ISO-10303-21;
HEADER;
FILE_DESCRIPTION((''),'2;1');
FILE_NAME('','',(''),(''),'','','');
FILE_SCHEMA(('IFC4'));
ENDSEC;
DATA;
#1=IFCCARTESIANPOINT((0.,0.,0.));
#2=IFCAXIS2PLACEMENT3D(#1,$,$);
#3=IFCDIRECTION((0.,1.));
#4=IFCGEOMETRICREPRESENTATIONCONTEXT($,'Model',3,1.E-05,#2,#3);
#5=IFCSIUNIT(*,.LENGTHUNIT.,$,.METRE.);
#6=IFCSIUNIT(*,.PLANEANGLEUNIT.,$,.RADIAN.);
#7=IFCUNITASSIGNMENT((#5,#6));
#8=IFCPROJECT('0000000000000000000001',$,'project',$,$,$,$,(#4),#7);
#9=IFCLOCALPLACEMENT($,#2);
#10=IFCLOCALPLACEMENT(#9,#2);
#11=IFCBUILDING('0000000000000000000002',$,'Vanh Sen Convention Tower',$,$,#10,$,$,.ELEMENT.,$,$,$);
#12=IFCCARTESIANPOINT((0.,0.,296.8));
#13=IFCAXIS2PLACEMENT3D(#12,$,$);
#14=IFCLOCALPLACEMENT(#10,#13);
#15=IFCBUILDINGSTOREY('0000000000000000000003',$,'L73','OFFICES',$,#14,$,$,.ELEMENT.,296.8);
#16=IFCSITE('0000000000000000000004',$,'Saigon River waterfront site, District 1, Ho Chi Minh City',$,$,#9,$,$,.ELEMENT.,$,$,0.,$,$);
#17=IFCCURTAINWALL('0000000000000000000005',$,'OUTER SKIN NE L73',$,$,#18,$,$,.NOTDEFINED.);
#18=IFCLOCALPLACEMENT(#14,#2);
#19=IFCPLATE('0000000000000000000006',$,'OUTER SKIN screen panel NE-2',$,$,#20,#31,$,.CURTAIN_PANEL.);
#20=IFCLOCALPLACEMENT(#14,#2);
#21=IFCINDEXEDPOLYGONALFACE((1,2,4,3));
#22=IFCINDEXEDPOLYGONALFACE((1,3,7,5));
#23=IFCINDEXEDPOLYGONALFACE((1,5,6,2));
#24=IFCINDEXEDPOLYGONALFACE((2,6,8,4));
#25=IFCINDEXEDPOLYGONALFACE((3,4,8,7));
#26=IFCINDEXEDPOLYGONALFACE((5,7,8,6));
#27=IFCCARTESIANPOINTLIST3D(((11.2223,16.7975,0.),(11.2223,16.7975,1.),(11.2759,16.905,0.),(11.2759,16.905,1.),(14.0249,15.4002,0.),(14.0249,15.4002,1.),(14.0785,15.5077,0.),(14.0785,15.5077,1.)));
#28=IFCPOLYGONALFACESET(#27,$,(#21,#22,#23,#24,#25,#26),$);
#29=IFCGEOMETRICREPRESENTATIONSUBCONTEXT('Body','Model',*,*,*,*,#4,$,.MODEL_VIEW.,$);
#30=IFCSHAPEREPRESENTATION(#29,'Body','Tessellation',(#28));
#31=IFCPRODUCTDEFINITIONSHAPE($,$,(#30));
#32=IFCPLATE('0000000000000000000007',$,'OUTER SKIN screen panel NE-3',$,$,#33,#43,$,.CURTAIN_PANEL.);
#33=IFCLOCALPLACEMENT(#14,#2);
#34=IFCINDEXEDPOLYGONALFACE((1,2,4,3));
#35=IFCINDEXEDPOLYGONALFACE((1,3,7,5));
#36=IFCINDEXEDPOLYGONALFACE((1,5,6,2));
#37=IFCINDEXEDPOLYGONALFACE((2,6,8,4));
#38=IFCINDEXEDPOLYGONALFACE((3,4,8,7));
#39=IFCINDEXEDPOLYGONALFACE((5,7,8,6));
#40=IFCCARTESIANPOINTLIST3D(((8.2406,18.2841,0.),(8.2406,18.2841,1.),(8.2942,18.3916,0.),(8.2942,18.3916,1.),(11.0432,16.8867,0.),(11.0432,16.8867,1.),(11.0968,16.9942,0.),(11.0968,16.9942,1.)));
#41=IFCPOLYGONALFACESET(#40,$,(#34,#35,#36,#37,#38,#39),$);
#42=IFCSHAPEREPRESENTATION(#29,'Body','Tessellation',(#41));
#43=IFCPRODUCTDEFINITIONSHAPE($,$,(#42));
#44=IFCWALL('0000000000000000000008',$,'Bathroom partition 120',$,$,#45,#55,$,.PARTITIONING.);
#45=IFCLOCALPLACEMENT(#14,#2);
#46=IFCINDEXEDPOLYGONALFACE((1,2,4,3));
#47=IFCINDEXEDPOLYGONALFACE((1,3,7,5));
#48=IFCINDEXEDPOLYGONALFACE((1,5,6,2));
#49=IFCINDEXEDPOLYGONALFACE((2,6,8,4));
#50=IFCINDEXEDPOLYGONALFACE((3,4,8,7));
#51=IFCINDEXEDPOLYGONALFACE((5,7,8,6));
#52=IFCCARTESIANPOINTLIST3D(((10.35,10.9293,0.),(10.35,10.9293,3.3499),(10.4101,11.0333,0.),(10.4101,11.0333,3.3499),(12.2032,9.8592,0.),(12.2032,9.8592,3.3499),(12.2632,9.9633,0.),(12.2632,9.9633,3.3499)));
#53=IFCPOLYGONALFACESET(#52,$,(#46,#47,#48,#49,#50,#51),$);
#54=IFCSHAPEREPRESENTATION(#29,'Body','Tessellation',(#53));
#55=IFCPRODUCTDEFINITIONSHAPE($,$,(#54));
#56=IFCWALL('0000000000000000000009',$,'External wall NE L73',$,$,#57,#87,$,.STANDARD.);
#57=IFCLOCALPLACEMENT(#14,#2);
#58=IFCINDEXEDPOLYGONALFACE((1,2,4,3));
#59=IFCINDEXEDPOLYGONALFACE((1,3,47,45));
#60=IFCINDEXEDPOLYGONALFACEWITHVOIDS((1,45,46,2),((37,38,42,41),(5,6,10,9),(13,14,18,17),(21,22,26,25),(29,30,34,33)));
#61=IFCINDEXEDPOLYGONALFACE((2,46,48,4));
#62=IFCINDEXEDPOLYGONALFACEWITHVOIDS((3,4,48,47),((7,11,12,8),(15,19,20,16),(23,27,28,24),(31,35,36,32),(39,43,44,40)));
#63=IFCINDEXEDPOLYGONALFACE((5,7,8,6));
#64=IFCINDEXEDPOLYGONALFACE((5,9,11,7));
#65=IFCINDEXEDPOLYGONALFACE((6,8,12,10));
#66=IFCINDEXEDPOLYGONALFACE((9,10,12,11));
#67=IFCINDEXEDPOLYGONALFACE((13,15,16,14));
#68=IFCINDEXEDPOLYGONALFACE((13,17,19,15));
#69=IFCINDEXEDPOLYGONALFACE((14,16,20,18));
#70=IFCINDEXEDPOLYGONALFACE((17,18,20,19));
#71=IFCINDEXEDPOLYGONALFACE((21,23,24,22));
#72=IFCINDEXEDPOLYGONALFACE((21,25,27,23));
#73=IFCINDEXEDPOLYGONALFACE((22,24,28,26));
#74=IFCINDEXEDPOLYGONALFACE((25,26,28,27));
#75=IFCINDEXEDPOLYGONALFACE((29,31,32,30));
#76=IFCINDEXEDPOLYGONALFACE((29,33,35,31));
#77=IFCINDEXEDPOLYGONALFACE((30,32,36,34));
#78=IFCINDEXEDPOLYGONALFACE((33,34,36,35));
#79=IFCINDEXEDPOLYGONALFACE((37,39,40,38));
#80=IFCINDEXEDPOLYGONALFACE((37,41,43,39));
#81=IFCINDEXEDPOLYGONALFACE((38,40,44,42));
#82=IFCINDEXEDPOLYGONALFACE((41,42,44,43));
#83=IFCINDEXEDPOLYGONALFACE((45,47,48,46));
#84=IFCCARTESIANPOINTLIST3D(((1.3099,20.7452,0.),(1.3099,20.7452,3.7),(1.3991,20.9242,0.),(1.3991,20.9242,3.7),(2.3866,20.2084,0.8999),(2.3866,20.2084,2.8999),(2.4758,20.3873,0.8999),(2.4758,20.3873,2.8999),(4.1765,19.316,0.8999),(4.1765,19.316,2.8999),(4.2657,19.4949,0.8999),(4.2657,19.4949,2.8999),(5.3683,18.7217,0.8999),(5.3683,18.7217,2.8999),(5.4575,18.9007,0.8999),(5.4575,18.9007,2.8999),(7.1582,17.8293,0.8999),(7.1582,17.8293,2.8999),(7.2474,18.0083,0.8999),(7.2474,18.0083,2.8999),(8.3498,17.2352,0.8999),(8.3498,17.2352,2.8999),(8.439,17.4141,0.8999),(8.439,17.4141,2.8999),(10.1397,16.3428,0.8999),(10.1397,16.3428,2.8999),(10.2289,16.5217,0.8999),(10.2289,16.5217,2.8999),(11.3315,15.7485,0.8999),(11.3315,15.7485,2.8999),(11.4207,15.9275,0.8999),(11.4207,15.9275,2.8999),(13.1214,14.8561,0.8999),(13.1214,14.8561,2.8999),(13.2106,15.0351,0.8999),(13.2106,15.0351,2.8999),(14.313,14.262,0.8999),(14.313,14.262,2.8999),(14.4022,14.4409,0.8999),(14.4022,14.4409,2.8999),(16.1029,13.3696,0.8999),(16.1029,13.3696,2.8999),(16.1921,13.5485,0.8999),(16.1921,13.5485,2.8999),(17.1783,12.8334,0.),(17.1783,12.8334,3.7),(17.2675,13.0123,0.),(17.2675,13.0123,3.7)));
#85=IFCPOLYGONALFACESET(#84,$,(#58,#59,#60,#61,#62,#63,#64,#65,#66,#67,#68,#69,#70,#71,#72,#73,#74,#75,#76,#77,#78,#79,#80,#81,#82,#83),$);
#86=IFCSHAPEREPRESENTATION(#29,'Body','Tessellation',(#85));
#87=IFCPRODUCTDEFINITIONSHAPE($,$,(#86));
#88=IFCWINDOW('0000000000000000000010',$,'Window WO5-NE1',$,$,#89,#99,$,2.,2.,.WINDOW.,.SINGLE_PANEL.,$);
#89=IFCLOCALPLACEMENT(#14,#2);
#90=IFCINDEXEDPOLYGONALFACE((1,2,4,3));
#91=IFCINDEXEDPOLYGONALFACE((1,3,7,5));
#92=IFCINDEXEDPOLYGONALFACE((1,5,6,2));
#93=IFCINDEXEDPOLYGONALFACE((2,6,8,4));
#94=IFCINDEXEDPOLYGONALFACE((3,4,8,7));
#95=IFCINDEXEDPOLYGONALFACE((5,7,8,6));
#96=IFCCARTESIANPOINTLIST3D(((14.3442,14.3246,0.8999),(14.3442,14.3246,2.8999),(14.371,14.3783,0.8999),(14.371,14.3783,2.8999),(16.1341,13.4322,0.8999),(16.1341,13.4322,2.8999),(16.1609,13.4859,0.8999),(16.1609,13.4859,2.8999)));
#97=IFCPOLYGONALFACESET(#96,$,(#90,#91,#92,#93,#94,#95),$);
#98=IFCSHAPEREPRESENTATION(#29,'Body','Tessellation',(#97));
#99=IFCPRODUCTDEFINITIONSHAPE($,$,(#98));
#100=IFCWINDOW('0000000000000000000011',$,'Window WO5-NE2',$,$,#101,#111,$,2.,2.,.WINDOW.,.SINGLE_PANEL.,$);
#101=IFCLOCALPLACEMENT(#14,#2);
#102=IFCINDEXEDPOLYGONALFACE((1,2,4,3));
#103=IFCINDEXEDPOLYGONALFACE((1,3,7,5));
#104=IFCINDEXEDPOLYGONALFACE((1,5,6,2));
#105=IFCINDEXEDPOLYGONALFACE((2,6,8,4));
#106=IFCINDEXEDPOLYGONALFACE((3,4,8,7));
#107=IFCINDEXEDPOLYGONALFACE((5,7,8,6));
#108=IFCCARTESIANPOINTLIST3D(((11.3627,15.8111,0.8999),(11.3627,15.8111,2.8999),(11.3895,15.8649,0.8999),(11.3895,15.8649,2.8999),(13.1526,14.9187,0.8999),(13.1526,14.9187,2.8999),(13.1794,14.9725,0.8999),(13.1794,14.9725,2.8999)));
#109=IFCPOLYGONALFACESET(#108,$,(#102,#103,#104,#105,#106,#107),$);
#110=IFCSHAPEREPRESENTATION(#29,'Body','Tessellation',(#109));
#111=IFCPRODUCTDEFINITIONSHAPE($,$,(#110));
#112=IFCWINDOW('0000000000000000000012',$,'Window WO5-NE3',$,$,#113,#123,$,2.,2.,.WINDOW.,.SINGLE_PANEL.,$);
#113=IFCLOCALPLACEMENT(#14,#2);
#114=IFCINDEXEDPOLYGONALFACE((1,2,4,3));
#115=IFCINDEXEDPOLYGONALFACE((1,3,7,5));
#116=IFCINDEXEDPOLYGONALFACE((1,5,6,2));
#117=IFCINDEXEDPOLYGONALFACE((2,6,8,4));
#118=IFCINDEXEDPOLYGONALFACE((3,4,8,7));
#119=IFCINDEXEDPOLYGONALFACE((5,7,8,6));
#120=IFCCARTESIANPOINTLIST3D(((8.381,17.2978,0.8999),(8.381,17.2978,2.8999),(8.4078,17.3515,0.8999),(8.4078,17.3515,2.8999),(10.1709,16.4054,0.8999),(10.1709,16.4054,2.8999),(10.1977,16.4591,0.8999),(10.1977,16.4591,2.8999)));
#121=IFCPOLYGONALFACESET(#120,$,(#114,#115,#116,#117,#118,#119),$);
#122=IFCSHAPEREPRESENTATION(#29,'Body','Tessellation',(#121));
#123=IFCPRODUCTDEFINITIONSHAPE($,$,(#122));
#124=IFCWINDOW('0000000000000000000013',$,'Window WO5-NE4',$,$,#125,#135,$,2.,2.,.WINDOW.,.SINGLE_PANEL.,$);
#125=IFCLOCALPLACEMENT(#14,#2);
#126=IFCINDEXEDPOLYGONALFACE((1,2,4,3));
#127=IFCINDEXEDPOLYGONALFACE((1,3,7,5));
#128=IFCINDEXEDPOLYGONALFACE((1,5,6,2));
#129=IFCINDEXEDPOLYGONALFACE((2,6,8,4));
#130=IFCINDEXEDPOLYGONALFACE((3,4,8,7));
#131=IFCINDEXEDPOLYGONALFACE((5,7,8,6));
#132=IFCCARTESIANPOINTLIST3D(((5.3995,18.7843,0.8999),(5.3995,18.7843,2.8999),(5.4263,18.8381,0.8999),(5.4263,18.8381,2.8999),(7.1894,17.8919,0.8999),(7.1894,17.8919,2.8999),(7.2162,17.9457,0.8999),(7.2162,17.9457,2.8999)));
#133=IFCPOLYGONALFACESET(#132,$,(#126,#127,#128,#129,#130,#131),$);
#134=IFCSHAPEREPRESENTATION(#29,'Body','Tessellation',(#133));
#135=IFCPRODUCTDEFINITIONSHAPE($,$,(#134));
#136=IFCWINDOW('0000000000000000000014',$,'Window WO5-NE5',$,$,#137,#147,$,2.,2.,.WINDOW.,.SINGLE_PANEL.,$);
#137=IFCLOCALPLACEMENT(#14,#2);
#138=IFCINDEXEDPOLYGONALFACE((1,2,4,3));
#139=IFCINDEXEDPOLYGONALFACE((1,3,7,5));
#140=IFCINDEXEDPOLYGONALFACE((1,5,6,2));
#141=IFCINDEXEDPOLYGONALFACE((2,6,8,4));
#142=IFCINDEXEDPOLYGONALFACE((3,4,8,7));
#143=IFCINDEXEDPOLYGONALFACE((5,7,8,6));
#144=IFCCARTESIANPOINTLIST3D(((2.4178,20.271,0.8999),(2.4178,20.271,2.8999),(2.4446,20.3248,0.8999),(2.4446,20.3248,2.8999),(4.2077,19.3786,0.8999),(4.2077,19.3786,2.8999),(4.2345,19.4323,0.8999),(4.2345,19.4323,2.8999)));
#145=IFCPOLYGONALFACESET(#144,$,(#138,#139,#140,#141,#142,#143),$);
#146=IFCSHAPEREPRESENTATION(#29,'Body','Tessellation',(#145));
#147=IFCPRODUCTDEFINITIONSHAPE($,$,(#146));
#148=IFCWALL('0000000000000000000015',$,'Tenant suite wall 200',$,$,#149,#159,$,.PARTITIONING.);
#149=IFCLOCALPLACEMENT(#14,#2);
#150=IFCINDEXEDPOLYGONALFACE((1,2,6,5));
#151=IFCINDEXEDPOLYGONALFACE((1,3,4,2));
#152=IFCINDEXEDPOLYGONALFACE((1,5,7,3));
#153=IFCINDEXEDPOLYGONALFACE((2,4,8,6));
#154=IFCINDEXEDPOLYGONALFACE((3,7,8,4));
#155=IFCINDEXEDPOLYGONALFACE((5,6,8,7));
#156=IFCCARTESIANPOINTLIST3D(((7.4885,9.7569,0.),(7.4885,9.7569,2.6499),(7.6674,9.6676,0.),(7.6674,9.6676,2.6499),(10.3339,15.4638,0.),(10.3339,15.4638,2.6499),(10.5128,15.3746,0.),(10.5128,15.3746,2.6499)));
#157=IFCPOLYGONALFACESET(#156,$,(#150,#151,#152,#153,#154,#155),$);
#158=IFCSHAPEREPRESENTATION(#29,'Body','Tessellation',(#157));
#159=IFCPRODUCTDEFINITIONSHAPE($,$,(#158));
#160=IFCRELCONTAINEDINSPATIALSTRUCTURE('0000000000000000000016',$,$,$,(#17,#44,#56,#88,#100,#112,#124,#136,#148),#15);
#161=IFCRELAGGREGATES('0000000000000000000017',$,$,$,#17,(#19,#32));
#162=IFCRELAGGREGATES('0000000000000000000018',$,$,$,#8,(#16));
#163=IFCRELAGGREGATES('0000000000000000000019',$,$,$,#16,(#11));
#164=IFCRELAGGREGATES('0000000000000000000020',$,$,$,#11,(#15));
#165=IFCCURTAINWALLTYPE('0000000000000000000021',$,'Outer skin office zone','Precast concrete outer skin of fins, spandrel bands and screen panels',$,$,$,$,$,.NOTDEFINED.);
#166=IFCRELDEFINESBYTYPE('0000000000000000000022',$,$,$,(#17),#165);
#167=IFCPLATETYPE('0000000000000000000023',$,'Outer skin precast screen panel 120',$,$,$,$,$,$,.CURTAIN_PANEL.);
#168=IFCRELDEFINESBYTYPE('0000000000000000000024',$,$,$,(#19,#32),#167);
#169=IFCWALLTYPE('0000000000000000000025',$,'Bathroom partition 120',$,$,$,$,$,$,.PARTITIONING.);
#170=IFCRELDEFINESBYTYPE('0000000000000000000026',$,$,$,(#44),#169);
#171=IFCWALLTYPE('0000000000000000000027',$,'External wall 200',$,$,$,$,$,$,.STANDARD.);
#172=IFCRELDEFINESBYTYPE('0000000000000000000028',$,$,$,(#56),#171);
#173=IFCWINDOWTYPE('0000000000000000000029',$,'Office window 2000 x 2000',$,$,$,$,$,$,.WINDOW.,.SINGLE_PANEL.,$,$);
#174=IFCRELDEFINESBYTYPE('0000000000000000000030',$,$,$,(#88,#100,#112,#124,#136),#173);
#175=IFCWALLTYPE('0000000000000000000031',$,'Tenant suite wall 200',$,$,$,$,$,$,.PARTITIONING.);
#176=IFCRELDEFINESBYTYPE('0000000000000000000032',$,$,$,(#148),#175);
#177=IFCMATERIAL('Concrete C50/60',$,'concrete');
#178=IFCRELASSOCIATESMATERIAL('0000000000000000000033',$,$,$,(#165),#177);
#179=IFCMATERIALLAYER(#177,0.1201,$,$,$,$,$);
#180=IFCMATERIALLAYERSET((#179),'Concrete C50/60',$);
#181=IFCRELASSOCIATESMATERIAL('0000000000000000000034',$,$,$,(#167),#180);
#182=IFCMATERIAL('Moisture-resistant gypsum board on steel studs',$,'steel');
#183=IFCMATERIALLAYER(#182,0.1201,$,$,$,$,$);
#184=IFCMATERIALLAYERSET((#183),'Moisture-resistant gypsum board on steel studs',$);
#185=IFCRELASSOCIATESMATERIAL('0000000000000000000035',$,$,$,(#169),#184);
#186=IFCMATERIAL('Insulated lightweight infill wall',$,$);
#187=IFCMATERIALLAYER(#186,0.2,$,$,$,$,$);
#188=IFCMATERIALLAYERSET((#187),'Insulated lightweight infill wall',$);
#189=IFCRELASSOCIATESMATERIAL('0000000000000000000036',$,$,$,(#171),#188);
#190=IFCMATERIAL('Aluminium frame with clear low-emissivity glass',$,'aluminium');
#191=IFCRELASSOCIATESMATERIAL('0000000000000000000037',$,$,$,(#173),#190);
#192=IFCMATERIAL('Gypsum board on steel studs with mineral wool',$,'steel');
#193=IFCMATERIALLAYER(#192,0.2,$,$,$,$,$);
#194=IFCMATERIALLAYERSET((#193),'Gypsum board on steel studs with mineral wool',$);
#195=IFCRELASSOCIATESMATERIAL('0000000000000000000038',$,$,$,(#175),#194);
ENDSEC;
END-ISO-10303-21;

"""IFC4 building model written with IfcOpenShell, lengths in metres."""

from ifc_helpers import new_model, si_unit, direction, frame, frame_2d, origin, origin_2d, place, context, subcontext, project, spatial, rectangle, extrude, material, layer, layer_set, type_object, element, fill, aggregate, save


model = new_model("IFC4")

# Units and contexts
model_context = context("Model", 3, precision=1e-05, world=origin(), true_north=direction((0.0, 1.0)))
body_context = subcontext(model_context, "Body", "Model", "MODEL_VIEW")
ifc_project = project(units=[si_unit("LENGTHUNIT", "METRE"), si_unit("PLANEANGLEUNIT", "RADIAN")], contexts=[model_context])

# Site, building, storey
site_placement = place(None, origin())
site = spatial("IfcSite", under=ifc_project, at=site_placement, Name="Saigon River waterfront site, District 1, Ho Chi Minh City", CompositionType="ELEMENT", RefElevation=0.0)
building_placement = place(site_placement, origin())
building = spatial("IfcBuilding", under=site, at=building_placement, Name="Vanh Sen Convention Tower", CompositionType="ELEMENT")
storey_placement = place(building_placement, frame((0.0, 0.0, 296.8)))
storey = spatial("IfcBuildingStorey", under=building, at=storey_placement, Name="L73", Description="OFFICES", CompositionType="ELEMENT", Elevation=296.8)

# Curtain wall
ifc_material_1 = material(Name="Concrete C50/60", Category="concrete")
curtain_wall_type = type_object("IfcCurtainWallType", Name="Outer skin office zone", Description="Precast concrete outer skin of fins, spandrel bands and screen panels", PredefinedType="NOTDEFINED", material=ifc_material_1)
curtain_wall_1_placement = place(storey_placement, origin())
curtain_wall_1 = element("IfcCurtainWall", 1, at=curtain_wall_1_placement, inside=storey, type_object=curtain_wall_type, Name="OUTER SKIN NE L73", PredefinedType="NOTDEFINED")

# Shared definitions
ifc_layer_1 = layer(ifc_material_1, 0.1201)
ifc_layer_set_1 = layer_set([ifc_layer_1], Name="Concrete C50/60")
plate_type = type_object("IfcPlateType", Name="Outer skin precast screen panel 120", PredefinedType="CURTAIN_PANEL", material=ifc_layer_set_1)

# Plates
plate_1_placement = place(storey_placement, frame((12.6504, 16.1526, 0.0), z_axis=(0.0, 0.0, 1.0), x_axis=(-0.894931, 0.446204, 0.0)))
plate_1 = element("IfcPlate", 2, at=plate_1_placement, type_object=plate_type, Name="OUTER SKIN screen panel NE-2", PredefinedType="CURTAIN_PANEL", context=body_context, shape_type="SweptSolid", body=[
    extrude(rectangle(XDim=3.1316, YDim=0.1201, at=origin_2d()), origin(), (0.0, 0.0, 1.0), 1.0),
])
plate_2_placement = place(storey_placement, frame((9.6687, 17.6392, 0.0), z_axis=(0.0, 0.0, 1.0), x_axis=(-0.894931, 0.446204, 0.0)))
plate_2 = element("IfcPlate", 3, at=plate_2_placement, type_object=plate_type, Name="OUTER SKIN screen panel NE-3", PredefinedType="CURTAIN_PANEL", context=body_context, shape_type="SweptSolid", body=[
    extrude(rectangle(XDim=3.1316, YDim=0.1201, at=origin_2d()), origin(), (0.0, 0.0, 1.0), 1.0),
])
aggregate(curtain_wall_1, [plate_1, plate_2])

# Wall
ifc_material_2 = material(Name="Moisture-resistant gypsum board on steel studs", Category="steel")
ifc_layer_2 = layer(ifc_material_2, 0.1201)
ifc_layer_set_2 = layer_set([ifc_layer_2], Name="Moisture-resistant gypsum board on steel studs")
wall_type_1 = type_object("IfcWallType", Name="Bathroom partition 120", PredefinedType="PARTITIONING", material=ifc_layer_set_2)
wall_1_placement = place(storey_placement, frame((10.3801, 10.9812, 0.0), z_axis=(0.0, 0.0, 1.0), x_axis=(0.866009, -0.500029, 0.0)))
element("IfcWall", 4, at=wall_1_placement, inside=storey, type_object=wall_type_1, Name="Bathroom partition 120", PredefinedType="PARTITIONING", context=body_context, shape_type="SweptSolid", body=[
    extrude(rectangle(XDim=2.1399, YDim=0.1201, at=frame_2d((1.0698, 0.0))), origin(), (0.0, 0.0, 1.0), 3.3499),
])

# Wall, openings, windows
ifc_material_3 = material(Name="Insulated lightweight infill wall")
ifc_layer_3 = layer(ifc_material_3, 0.2)
ifc_layer_set_3 = layer_set([ifc_layer_3], Name="Insulated lightweight infill wall")
wall_type_2 = type_object("IfcWallType", Name="External wall 200", PredefinedType="STANDARD", material=ifc_layer_set_3)
wall_2_placement = place(storey_placement, frame((17.2229, 12.9229, 0.0), z_axis=(0.0, 0.0, 1.0), x_axis=(-0.894931, 0.446205, 0.0)))
wall_2 = element("IfcWall", 5, at=wall_2_placement, inside=storey, type_object=wall_type_2, Name="External wall NE L73", PredefinedType="STANDARD", context=body_context, shape_type="SweptSolid", body=[
    extrude(rectangle(XDim=17.7314, YDim=0.2, at=frame_2d((8.8657, 0.0))), origin(), (0.0, 0.0, 1.0), 3.7),
])
opening_1_placement = place(wall_2_placement, frame((1.2017, 0.0, 0.8999)))
opening_1 = element("IfcOpeningElement", 6, at=opening_1_placement, cuts=wall_2, PredefinedType="OPENING", context=body_context, shape_type="SweptSolid", body=[
    extrude(rectangle(XDim=2.0, YDim=2.0, at=frame_2d((1.0, 1.0))), frame((0.0, 0.1099, 0.0), z_axis=(0.0, -1.0, 0.0), x_axis=(1.0, 0.0, 0.0)), (0.0, 0.0, 1.0), 0.22),
])
opening_2_placement = place(wall_2_placement, frame((4.5332, 0.0, 0.8999)))
opening_2 = element("IfcOpeningElement", 7, at=opening_2_placement, cuts=wall_2, PredefinedType="OPENING", context=body_context, shape_type="SweptSolid", body=[
    extrude(rectangle(XDim=2.0, YDim=2.0, at=frame_2d((1.0, 1.0))), frame((0.0, 0.1099, 0.0), z_axis=(0.0, -1.0, 0.0), x_axis=(1.0, 0.0, 0.0)), (0.0, 0.0, 1.0), 0.22),
])
opening_3_placement = place(wall_2_placement, frame((7.865, 0.0, 0.8999)))
opening_3 = element("IfcOpeningElement", 8, at=opening_3_placement, cuts=wall_2, PredefinedType="OPENING", context=body_context, shape_type="SweptSolid", body=[
    extrude(rectangle(XDim=2.0, YDim=2.0, at=frame_2d((1.0, 1.0))), frame((0.0, 0.1099, 0.0), z_axis=(0.0, -1.0, 0.0), x_axis=(1.0, 0.0, 0.0)), (0.0, 0.0, 1.0), 0.22),
])
opening_4_placement = place(wall_2_placement, frame((11.1965, 0.0, 0.8999)))
opening_4 = element("IfcOpeningElement", 9, at=opening_4_placement, cuts=wall_2, PredefinedType="OPENING", context=body_context, shape_type="SweptSolid", body=[
    extrude(rectangle(XDim=2.0, YDim=2.0, at=frame_2d((1.0, 1.0))), frame((0.0, 0.1099, 0.0), z_axis=(0.0, -1.0, 0.0), x_axis=(1.0, 0.0, 0.0)), (0.0, 0.0, 1.0), 0.22),
])
opening_5_placement = place(wall_2_placement, frame((14.5283, 0.0, 0.8999)))
opening_5 = element("IfcOpeningElement", 10, at=opening_5_placement, cuts=wall_2, PredefinedType="OPENING", context=body_context, shape_type="SweptSolid", body=[
    extrude(rectangle(XDim=2.0, YDim=2.0, at=frame_2d((1.0, 1.0))), frame((0.0, 0.1099, 0.0), z_axis=(0.0, -1.0, 0.0), x_axis=(1.0, 0.0, 0.0)), (0.0, 0.0, 1.0), 0.22),
])
ifc_material_4 = material(Name="Aluminium frame with clear low-emissivity glass", Category="aluminium")
window_type = type_object("IfcWindowType", Name="Office window 2000 x 2000", PartitioningType="SINGLE_PANEL", PredefinedType="WINDOW", material=ifc_material_4)
window_1_placement = place(opening_1_placement, origin())
window_1 = element("IfcWindow", 11, at=window_1_placement, inside=storey, type_object=window_type, Name="Window WO5-NE1", OverallHeight=2.0, OverallWidth=2.0, PartitioningType="SINGLE_PANEL", PredefinedType="WINDOW", context=body_context, shape_type="SweptSolid", body=[
    extrude(rectangle(XDim=2.0, YDim=2.0, at=frame_2d((1.0, 1.0))), frame((0.0, 0.03, 0.0), z_axis=(0.0, -1.0, 0.0), x_axis=(1.0, 0.0, 0.0)), (0.0, 0.0, 1.0), 0.0601),
])
fill(opening_1, window_1)
window_2_placement = place(opening_2_placement, origin())
window_2 = element("IfcWindow", 12, at=window_2_placement, inside=storey, type_object=window_type, Name="Window WO5-NE2", OverallHeight=2.0, OverallWidth=2.0, PartitioningType="SINGLE_PANEL", PredefinedType="WINDOW", context=body_context, shape_type="SweptSolid", body=[
    extrude(rectangle(XDim=2.0, YDim=2.0, at=frame_2d((1.0, 1.0))), frame((0.0, 0.03, 0.0), z_axis=(0.0, -1.0, 0.0), x_axis=(1.0, 0.0, 0.0)), (0.0, 0.0, 1.0), 0.0601),
])
fill(opening_2, window_2)
window_3_placement = place(opening_3_placement, origin())
window_3 = element("IfcWindow", 13, at=window_3_placement, inside=storey, type_object=window_type, Name="Window WO5-NE3", OverallHeight=2.0, OverallWidth=2.0, PartitioningType="SINGLE_PANEL", PredefinedType="WINDOW", context=body_context, shape_type="SweptSolid", body=[
    extrude(rectangle(XDim=2.0, YDim=2.0, at=frame_2d((1.0, 1.0))), frame((0.0, 0.03, 0.0), z_axis=(0.0, -1.0, 0.0), x_axis=(1.0, 0.0, 0.0)), (0.0, 0.0, 1.0), 0.0601),
])
fill(opening_3, window_3)
window_4_placement = place(opening_4_placement, origin())
window_4 = element("IfcWindow", 14, at=window_4_placement, inside=storey, type_object=window_type, Name="Window WO5-NE4", OverallHeight=2.0, OverallWidth=2.0, PartitioningType="SINGLE_PANEL", PredefinedType="WINDOW", context=body_context, shape_type="SweptSolid", body=[
    extrude(rectangle(XDim=2.0, YDim=2.0, at=frame_2d((1.0, 1.0))), frame((0.0, 0.03, 0.0), z_axis=(0.0, -1.0, 0.0), x_axis=(1.0, 0.0, 0.0)), (0.0, 0.0, 1.0), 0.0601),
])
fill(opening_4, window_4)
window_5_placement = place(opening_5_placement, origin())
window_5 = element("IfcWindow", 15, at=window_5_placement, inside=storey, type_object=window_type, Name="Window WO5-NE5", OverallHeight=2.0, OverallWidth=2.0, PartitioningType="SINGLE_PANEL", PredefinedType="WINDOW", context=body_context, shape_type="SweptSolid", body=[
    extrude(rectangle(XDim=2.0, YDim=2.0, at=frame_2d((1.0, 1.0))), frame((0.0, 0.03, 0.0), z_axis=(0.0, -1.0, 0.0), x_axis=(1.0, 0.0, 0.0)), (0.0, 0.0, 1.0), 0.0601),
])
fill(opening_5, window_5)

# Wall
ifc_material_5 = material(Name="Gypsum board on steel studs with mineral wool", Category="steel")
ifc_layer_4 = layer(ifc_material_5, 0.2)
ifc_layer_set_4 = layer_set([ifc_layer_4], Name="Gypsum board on steel studs with mineral wool")
wall_type_3 = type_object("IfcWallType", Name="Tenant suite wall 200", PredefinedType="PARTITIONING", material=ifc_layer_set_4)
wall_3_placement = place(storey_placement, frame((10.4233, 15.4192, 0.0), z_axis=(0.0, 0.0, 1.0), x_axis=(-0.446203, -0.894932, 0.0)))
element("IfcWall", 16, at=wall_3_placement, inside=storey, type_object=wall_type_3, Name="Tenant suite wall 200", PredefinedType="PARTITIONING", context=body_context, shape_type="SweptSolid", body=[
    extrude(rectangle(XDim=6.377, YDim=0.2, at=frame_2d((3.1885, 0.0))), origin(), (0.0, 0.0, 1.0), 2.6499),
])

save(model, "model.ifc")
